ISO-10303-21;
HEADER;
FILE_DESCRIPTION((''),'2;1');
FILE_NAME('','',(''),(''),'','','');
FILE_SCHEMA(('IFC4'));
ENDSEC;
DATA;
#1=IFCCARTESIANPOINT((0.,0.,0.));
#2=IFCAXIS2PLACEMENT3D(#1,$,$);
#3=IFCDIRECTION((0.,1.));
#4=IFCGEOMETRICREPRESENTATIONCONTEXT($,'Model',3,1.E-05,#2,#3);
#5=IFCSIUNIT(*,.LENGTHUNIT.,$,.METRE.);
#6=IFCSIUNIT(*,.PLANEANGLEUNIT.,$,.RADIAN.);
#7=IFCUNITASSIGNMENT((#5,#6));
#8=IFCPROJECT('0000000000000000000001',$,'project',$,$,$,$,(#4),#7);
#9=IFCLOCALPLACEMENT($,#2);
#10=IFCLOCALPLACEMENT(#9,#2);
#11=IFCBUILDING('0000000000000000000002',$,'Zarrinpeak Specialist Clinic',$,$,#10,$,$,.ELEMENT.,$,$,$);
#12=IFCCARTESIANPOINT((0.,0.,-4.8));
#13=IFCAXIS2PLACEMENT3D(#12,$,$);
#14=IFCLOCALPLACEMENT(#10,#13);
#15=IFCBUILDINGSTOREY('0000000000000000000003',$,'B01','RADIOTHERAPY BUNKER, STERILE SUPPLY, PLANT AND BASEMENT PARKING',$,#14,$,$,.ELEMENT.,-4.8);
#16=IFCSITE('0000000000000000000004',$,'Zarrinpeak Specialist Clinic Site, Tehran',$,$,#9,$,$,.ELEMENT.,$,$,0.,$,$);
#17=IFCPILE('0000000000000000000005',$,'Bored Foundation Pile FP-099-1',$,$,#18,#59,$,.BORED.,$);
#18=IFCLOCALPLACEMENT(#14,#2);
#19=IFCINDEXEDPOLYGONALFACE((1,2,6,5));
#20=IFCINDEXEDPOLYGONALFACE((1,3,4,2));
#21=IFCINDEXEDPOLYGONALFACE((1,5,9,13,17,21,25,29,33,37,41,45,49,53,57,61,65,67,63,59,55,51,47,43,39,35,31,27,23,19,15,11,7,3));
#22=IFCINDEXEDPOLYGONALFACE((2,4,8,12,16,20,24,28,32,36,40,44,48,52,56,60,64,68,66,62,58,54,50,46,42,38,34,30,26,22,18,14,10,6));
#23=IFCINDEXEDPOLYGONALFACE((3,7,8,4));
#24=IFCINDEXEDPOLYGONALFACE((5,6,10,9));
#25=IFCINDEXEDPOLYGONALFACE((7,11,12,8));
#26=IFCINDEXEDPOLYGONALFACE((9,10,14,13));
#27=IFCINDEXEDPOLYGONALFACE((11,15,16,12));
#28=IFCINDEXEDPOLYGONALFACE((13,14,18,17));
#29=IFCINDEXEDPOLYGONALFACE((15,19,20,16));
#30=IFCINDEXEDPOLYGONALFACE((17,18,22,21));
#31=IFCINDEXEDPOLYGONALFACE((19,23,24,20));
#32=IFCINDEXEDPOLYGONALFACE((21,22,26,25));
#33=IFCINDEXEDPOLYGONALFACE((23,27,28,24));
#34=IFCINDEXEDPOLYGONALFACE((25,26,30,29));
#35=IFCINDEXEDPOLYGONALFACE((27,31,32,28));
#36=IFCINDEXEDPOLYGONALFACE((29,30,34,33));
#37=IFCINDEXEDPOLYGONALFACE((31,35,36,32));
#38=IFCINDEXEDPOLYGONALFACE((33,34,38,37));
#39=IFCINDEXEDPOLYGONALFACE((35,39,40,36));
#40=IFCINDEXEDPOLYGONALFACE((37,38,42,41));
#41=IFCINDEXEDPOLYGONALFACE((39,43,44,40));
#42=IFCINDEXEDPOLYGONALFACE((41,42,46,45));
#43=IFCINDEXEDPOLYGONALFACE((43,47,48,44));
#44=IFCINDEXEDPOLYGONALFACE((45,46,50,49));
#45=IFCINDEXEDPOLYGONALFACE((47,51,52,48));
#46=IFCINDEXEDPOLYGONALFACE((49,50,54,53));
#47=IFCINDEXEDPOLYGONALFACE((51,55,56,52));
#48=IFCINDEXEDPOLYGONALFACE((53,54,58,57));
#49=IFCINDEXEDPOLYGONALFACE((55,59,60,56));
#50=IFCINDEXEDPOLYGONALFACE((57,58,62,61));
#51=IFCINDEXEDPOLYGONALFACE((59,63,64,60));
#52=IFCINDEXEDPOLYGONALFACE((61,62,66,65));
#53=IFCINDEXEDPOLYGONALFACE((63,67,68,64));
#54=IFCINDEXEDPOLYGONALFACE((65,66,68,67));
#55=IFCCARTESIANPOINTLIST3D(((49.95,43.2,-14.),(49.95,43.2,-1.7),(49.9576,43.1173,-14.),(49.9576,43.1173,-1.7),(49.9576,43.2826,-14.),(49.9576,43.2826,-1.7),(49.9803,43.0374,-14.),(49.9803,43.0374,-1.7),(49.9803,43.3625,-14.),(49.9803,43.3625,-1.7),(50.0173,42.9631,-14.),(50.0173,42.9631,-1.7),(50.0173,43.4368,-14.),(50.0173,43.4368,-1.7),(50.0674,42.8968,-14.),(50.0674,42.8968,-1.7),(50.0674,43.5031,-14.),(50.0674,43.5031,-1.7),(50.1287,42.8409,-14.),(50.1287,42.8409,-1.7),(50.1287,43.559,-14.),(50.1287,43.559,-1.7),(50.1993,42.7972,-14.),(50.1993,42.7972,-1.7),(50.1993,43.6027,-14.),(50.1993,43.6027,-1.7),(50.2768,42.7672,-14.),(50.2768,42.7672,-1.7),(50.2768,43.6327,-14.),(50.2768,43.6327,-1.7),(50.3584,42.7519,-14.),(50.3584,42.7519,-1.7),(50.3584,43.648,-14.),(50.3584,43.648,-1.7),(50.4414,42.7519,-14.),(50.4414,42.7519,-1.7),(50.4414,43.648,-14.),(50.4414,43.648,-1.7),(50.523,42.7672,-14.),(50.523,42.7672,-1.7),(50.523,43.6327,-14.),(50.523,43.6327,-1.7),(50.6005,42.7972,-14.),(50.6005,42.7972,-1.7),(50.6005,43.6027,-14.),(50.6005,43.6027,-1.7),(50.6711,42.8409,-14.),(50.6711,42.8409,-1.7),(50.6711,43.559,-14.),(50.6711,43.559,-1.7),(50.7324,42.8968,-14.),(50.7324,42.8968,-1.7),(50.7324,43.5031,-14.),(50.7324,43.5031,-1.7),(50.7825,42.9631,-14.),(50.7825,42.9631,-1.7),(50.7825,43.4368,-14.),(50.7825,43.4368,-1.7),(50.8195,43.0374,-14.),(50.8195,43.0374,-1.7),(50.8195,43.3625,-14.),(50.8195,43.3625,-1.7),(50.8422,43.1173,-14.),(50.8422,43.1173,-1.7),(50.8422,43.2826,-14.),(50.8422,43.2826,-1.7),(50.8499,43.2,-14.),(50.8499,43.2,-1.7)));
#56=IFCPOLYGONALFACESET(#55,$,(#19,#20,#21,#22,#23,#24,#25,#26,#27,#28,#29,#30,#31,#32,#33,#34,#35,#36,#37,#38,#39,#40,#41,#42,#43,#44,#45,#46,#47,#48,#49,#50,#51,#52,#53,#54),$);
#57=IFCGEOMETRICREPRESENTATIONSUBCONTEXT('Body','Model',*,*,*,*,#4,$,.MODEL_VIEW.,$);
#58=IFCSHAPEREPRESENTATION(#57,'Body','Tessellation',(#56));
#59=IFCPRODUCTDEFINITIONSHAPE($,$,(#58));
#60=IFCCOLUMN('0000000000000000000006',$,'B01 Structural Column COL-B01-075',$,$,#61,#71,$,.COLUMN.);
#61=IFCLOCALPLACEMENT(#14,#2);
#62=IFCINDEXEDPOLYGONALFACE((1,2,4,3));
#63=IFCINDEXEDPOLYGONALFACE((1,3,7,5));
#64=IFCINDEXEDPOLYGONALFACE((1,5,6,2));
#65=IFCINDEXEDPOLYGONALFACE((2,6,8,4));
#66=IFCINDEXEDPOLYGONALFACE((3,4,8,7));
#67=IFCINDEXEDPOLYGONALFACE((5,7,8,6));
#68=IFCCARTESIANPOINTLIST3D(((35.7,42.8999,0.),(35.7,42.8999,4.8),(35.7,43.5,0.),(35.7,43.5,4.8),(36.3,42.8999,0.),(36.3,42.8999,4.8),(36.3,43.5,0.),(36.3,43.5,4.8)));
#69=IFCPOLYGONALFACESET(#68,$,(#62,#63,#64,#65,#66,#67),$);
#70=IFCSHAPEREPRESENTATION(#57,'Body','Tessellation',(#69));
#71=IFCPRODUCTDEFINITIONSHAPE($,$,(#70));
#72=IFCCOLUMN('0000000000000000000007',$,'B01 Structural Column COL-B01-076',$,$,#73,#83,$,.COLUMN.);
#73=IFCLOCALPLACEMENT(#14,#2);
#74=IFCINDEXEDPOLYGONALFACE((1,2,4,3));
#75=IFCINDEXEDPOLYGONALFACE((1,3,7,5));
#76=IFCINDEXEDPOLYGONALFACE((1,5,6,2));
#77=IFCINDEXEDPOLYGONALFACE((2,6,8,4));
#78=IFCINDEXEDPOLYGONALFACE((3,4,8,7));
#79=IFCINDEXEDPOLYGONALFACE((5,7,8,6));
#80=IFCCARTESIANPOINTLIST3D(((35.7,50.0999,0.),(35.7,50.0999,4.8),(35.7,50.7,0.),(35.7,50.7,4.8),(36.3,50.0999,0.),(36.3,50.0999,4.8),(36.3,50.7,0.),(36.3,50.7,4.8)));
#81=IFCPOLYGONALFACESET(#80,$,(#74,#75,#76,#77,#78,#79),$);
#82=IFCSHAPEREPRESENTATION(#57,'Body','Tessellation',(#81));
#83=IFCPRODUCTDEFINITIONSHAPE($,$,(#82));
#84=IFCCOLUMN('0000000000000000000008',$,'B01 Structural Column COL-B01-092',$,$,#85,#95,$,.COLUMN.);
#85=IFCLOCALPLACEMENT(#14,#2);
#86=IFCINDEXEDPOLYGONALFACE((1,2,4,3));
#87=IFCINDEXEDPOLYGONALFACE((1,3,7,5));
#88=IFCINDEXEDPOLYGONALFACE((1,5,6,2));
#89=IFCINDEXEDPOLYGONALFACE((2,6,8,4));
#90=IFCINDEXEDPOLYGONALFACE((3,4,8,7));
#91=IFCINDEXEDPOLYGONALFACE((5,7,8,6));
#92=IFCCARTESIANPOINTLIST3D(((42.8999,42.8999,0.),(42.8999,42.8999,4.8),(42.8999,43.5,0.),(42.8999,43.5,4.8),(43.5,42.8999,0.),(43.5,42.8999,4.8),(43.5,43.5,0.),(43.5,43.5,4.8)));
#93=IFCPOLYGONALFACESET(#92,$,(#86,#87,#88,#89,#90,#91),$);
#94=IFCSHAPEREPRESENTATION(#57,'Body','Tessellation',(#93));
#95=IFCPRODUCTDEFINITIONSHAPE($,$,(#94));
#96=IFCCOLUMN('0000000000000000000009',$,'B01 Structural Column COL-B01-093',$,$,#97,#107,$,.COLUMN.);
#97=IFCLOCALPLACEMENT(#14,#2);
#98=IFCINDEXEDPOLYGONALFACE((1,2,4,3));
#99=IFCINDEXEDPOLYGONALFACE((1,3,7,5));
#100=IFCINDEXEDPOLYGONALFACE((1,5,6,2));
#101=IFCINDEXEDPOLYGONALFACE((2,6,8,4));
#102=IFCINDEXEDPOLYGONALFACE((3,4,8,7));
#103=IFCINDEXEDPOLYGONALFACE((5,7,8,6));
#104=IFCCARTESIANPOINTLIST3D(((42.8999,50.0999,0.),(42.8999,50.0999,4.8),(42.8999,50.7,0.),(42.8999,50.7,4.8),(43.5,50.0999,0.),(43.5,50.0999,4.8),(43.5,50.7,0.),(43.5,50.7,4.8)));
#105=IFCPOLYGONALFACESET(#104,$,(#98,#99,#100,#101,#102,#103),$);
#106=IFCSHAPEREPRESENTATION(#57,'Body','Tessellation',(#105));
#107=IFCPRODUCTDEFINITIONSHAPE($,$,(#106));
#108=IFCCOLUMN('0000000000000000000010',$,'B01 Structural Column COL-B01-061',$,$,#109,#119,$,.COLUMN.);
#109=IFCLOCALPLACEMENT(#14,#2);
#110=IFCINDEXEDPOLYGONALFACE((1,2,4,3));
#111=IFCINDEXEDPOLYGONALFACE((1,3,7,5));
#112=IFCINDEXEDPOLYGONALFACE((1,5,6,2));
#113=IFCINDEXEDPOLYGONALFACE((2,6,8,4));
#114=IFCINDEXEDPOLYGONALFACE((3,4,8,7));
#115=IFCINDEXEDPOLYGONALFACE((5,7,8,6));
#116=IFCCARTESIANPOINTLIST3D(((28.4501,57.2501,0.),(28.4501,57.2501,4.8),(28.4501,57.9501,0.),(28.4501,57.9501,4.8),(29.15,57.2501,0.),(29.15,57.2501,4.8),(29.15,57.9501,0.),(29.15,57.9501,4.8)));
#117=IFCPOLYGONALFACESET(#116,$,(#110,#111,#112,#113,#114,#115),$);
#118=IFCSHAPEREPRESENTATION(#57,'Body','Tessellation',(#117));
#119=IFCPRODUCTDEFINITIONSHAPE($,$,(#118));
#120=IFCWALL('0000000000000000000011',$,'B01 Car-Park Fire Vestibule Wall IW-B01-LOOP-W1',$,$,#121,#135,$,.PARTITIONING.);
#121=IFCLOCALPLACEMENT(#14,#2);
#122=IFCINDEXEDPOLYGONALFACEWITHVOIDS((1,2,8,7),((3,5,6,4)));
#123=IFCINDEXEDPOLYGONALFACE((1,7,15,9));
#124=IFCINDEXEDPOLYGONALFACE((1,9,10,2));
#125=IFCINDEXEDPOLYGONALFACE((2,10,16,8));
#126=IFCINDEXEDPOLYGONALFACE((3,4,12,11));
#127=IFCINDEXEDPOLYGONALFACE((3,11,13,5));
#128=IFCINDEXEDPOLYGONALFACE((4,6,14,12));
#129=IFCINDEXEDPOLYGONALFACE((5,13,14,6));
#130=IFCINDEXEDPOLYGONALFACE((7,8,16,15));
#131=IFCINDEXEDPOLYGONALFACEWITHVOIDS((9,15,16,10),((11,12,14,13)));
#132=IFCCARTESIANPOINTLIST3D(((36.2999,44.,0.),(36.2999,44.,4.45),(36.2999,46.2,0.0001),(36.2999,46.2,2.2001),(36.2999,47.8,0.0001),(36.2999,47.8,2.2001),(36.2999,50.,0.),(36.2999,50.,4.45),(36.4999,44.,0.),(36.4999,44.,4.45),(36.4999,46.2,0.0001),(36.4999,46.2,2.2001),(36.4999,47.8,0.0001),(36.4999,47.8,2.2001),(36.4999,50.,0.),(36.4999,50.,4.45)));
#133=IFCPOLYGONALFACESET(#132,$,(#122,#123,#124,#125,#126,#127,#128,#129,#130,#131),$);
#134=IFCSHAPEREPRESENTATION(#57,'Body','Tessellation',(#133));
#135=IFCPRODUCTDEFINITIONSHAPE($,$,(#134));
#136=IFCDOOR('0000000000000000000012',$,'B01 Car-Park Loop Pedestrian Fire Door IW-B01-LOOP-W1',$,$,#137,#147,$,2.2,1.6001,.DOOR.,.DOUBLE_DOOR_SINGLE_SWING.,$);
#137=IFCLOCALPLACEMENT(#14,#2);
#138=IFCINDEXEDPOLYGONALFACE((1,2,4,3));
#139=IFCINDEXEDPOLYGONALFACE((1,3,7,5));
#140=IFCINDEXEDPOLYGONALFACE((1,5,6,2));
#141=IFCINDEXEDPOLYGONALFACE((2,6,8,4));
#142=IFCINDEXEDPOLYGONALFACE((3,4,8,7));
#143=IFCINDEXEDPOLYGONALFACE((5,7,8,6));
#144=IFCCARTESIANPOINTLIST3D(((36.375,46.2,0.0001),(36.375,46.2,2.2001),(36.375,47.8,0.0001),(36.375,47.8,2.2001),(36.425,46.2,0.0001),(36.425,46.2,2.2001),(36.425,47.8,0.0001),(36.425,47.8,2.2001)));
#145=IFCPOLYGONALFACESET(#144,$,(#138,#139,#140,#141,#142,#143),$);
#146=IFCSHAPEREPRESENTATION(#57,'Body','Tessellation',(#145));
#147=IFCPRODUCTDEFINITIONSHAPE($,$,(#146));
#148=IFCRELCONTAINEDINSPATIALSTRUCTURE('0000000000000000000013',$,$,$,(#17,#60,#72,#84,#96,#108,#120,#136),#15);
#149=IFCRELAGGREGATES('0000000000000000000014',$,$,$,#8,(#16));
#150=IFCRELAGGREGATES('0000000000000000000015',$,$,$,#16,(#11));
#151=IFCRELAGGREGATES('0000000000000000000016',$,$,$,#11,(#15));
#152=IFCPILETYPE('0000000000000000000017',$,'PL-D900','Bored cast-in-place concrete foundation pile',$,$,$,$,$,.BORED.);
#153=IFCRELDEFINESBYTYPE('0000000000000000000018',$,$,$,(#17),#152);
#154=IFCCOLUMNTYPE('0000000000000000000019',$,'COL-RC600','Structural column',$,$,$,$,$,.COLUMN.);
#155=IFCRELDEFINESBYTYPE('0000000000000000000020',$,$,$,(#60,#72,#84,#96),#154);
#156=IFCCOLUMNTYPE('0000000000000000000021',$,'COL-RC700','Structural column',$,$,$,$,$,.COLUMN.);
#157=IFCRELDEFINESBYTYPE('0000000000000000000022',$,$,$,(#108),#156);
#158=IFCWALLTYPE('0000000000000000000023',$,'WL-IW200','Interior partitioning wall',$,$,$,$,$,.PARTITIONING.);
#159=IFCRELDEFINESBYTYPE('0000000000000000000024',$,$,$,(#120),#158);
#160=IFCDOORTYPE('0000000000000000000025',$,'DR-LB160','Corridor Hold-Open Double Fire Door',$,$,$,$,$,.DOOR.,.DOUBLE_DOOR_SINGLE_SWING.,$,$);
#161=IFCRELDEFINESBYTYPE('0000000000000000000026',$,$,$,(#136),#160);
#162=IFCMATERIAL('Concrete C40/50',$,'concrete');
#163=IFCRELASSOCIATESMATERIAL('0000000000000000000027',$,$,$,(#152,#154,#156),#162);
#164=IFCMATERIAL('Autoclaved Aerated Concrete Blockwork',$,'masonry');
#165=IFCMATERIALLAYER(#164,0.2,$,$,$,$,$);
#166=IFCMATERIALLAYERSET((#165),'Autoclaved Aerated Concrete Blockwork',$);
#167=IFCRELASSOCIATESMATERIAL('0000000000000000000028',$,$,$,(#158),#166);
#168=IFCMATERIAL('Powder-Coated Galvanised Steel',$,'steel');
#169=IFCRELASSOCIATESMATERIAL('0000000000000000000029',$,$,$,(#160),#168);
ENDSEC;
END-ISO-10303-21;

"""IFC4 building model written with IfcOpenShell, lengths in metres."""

from ifc_helpers import new_model, si_unit, direction, frame, frame_2d, origin, origin_2d, place, context, subcontext, project, spatial, rectangle, circle, extrude, material, layer, layer_set, material_profile, profile_set, type_object, element, fill, save


model = new_model("IFC4")

# Units and contexts
model_context = context("Model", 3, precision=1e-05, world=origin(), true_north=direction((0.0, 1.0)))
body_context = subcontext(model_context, "Body", "Model", "MODEL_VIEW")
ifc_project = project(units=[si_unit("LENGTHUNIT", "METRE"), si_unit("PLANEANGLEUNIT", "RADIAN")], contexts=[model_context])

# Site, building, storey
site_placement = place(None, origin())
site = spatial("IfcSite", under=ifc_project, at=site_placement, Name="Zarrinpeak Specialist Clinic Site, Tehran", CompositionType="ELEMENT", RefElevation=0.0)
building_placement = place(site_placement, origin())
building = spatial("IfcBuilding", under=site, at=building_placement, Name="Zarrinpeak Specialist Clinic", CompositionType="ELEMENT")
storey_placement = place(building_placement, frame((0.0, 0.0, -4.8)))
storey = spatial("IfcBuildingStorey", under=building, at=storey_placement, Name="B01", Description="RADIOTHERAPY BUNKER, STERILE SUPPLY, PLANT AND BASEMENT PARKING", CompositionType="ELEMENT", Elevation=-4.8)

# Shared definitions
ifc_material_1 = material(Name="Concrete C40/50", Category="concrete")

# Pile
ifc_material_profile_1 = material_profile(ifc_material_1, circle(Radius=0.45, at=origin_2d()), Name="BORED PILE D900")
ifc_profile_set_1 = profile_set([ifc_material_profile_1], Name="Concrete C40/50")
pile_type_1 = type_object("IfcPileType", Name="PL-D900", Description="Bored cast-in-place concrete foundation pile", PredefinedType="BORED", material=ifc_profile_set_1)
for number, where, z_axis, x_axis, name in (
    (1, (50.3999, 43.2, -1.7), (0.0, 0.0, -1.0), (1.0, 0.0, 0.0), "Bored Foundation Pile FP-099-1"),
):
    element("IfcPile", number, at=place(storey_placement, frame(where, z_axis=z_axis, x_axis=x_axis)), inside=storey, type_object=pile_type_1, Name=name, PredefinedType="BORED", context=body_context, shape_type="SweptSolid", body=[
        extrude(circle(Radius=0.45, at=origin_2d()), origin(), (0.0, 0.0, 1.0), 12.3),
    ])

# Columns
ifc_material_profile_2 = material_profile(ifc_material_1, rectangle(XDim=0.6001, YDim=0.6001, at=origin_2d()), Name="RC 600x600")
ifc_profile_set_2 = profile_set([ifc_material_profile_2], Name="Concrete C40/50")
column_type_1 = type_object("IfcColumnType", Name="COL-RC600", Description="Structural column", PredefinedType="COLUMN", material=ifc_profile_set_2)
for number, where, z_axis, x_axis, name in (
    (2, (36.0, 43.2, 0.0), (0.0, 0.0, 1.0), (1.0, 0.0, 0.0), "B01 Structural Column COL-B01-075"),
    (3, (36.0, 50.3999, 0.0), (0.0, 0.0, 1.0), (1.0, 0.0, 0.0), "B01 Structural Column COL-B01-076"),
    (4, (43.2, 43.2, 0.0), (0.0, 0.0, 1.0), (1.0, 0.0, 0.0), "B01 Structural Column COL-B01-092"),
    (5, (43.2, 50.3999, 0.0), (0.0, 0.0, 1.0), (1.0, 0.0, 0.0), "B01 Structural Column COL-B01-093"),
):
    element("IfcColumn", number, at=place(storey_placement, frame(where, z_axis=z_axis, x_axis=x_axis)), inside=storey, type_object=column_type_1, Name=name, PredefinedType="COLUMN", context=body_context, shape_type="SweptSolid", body=[
        extrude(rectangle(XDim=0.6001, YDim=0.6001, at=origin_2d()), origin(), (0.0, 0.0, 1.0), 4.8),
    ])
ifc_material_profile_3 = material_profile(ifc_material_1, rectangle(XDim=0.7, YDim=0.7, at=origin_2d()), Name="RC 700x700")
ifc_profile_set_3 = profile_set([ifc_material_profile_3], Name="Concrete C40/50")
column_type_2 = type_object("IfcColumnType", Name="COL-RC700", Description="Structural column", PredefinedType="COLUMN", material=ifc_profile_set_3)
column_placement = place(storey_placement, frame((28.8, 57.6001, 0.0), z_axis=(0.0, 0.0, 1.0), x_axis=(1.0, 0.0, 0.0)))
element("IfcColumn", 6, at=column_placement, inside=storey, type_object=column_type_2, Name="B01 Structural Column COL-B01-061", PredefinedType="COLUMN", context=body_context, shape_type="SweptSolid", body=[
    extrude(rectangle(XDim=0.7, YDim=0.7, at=origin_2d()), origin(), (0.0, 0.0, 1.0), 4.8),
])

# Wall, opening, door
ifc_material_2 = material(Name="Autoclaved Aerated Concrete Blockwork", Category="masonry")
ifc_layer = layer(ifc_material_2, 0.2)
ifc_layer_set = layer_set([ifc_layer], Name="Autoclaved Aerated Concrete Blockwork")
wall_type = type_object("IfcWallType", Name="WL-IW200", Description="Interior partitioning wall", PredefinedType="PARTITIONING", material=ifc_layer_set)
wall_placement = place(storey_placement, frame((36.3999, 44.0, 0.0), z_axis=(0.0, 0.0, 1.0), x_axis=(0.0, 1.0, 0.0)))
wall = element("IfcWall", 7, at=wall_placement, inside=storey, type_object=wall_type, Name="B01 Car-Park Fire Vestibule Wall IW-B01-LOOP-W1", PredefinedType="PARTITIONING", context=body_context, shape_type="SweptSolid", body=[
    extrude(rectangle(XDim=6.0, YDim=0.2, at=frame_2d((3.0, 0.0))), origin(), (0.0, 0.0, 1.0), 4.45),
])
opening_placement = place(wall_placement, frame((2.2, 0.0, 0.0)))
opening = element("IfcOpeningElement", 8, at=opening_placement, cuts=wall, PredefinedType="OPENING", context=body_context, shape_type="SweptSolid", body=[
    extrude(rectangle(XDim=1.6001, YDim=2.2, at=frame_2d((0.8, 1.1001))), frame((0.0, 0.1099, 0.0), z_axis=(0.0, -1.0, 0.0), x_axis=(1.0, 0.0, 0.0)), (0.0, 0.0, 1.0), 0.22),
])
ifc_material_3 = material(Name="Powder-Coated Galvanised Steel", Category="steel")
door_type = type_object("IfcDoorType", Name="DR-LB160", Description="Corridor Hold-Open Double Fire Door", OperationType="DOUBLE_DOOR_SINGLE_SWING", PredefinedType="DOOR", material=ifc_material_3)
door_placement = place(opening_placement, origin())
door = element("IfcDoor", 9, at=door_placement, inside=storey, type_object=door_type, Name="B01 Car-Park Loop Pedestrian Fire Door IW-B01-LOOP-W1", OperationType="DOUBLE_DOOR_SINGLE_SWING", OverallHeight=2.2, OverallWidth=1.6001, PredefinedType="DOOR", context=body_context, shape_type="SweptSolid", body=[
    extrude(rectangle(XDim=1.6001, YDim=2.2, at=frame_2d((0.8, 1.1001))), frame((0.0, 0.0249, 0.0), z_axis=(0.0, -1.0, 0.0), x_axis=(1.0, 0.0, 0.0)), (0.0, 0.0, 1.0), 0.05),
])
fill(opening, door)

save(model, "model.ifc")
